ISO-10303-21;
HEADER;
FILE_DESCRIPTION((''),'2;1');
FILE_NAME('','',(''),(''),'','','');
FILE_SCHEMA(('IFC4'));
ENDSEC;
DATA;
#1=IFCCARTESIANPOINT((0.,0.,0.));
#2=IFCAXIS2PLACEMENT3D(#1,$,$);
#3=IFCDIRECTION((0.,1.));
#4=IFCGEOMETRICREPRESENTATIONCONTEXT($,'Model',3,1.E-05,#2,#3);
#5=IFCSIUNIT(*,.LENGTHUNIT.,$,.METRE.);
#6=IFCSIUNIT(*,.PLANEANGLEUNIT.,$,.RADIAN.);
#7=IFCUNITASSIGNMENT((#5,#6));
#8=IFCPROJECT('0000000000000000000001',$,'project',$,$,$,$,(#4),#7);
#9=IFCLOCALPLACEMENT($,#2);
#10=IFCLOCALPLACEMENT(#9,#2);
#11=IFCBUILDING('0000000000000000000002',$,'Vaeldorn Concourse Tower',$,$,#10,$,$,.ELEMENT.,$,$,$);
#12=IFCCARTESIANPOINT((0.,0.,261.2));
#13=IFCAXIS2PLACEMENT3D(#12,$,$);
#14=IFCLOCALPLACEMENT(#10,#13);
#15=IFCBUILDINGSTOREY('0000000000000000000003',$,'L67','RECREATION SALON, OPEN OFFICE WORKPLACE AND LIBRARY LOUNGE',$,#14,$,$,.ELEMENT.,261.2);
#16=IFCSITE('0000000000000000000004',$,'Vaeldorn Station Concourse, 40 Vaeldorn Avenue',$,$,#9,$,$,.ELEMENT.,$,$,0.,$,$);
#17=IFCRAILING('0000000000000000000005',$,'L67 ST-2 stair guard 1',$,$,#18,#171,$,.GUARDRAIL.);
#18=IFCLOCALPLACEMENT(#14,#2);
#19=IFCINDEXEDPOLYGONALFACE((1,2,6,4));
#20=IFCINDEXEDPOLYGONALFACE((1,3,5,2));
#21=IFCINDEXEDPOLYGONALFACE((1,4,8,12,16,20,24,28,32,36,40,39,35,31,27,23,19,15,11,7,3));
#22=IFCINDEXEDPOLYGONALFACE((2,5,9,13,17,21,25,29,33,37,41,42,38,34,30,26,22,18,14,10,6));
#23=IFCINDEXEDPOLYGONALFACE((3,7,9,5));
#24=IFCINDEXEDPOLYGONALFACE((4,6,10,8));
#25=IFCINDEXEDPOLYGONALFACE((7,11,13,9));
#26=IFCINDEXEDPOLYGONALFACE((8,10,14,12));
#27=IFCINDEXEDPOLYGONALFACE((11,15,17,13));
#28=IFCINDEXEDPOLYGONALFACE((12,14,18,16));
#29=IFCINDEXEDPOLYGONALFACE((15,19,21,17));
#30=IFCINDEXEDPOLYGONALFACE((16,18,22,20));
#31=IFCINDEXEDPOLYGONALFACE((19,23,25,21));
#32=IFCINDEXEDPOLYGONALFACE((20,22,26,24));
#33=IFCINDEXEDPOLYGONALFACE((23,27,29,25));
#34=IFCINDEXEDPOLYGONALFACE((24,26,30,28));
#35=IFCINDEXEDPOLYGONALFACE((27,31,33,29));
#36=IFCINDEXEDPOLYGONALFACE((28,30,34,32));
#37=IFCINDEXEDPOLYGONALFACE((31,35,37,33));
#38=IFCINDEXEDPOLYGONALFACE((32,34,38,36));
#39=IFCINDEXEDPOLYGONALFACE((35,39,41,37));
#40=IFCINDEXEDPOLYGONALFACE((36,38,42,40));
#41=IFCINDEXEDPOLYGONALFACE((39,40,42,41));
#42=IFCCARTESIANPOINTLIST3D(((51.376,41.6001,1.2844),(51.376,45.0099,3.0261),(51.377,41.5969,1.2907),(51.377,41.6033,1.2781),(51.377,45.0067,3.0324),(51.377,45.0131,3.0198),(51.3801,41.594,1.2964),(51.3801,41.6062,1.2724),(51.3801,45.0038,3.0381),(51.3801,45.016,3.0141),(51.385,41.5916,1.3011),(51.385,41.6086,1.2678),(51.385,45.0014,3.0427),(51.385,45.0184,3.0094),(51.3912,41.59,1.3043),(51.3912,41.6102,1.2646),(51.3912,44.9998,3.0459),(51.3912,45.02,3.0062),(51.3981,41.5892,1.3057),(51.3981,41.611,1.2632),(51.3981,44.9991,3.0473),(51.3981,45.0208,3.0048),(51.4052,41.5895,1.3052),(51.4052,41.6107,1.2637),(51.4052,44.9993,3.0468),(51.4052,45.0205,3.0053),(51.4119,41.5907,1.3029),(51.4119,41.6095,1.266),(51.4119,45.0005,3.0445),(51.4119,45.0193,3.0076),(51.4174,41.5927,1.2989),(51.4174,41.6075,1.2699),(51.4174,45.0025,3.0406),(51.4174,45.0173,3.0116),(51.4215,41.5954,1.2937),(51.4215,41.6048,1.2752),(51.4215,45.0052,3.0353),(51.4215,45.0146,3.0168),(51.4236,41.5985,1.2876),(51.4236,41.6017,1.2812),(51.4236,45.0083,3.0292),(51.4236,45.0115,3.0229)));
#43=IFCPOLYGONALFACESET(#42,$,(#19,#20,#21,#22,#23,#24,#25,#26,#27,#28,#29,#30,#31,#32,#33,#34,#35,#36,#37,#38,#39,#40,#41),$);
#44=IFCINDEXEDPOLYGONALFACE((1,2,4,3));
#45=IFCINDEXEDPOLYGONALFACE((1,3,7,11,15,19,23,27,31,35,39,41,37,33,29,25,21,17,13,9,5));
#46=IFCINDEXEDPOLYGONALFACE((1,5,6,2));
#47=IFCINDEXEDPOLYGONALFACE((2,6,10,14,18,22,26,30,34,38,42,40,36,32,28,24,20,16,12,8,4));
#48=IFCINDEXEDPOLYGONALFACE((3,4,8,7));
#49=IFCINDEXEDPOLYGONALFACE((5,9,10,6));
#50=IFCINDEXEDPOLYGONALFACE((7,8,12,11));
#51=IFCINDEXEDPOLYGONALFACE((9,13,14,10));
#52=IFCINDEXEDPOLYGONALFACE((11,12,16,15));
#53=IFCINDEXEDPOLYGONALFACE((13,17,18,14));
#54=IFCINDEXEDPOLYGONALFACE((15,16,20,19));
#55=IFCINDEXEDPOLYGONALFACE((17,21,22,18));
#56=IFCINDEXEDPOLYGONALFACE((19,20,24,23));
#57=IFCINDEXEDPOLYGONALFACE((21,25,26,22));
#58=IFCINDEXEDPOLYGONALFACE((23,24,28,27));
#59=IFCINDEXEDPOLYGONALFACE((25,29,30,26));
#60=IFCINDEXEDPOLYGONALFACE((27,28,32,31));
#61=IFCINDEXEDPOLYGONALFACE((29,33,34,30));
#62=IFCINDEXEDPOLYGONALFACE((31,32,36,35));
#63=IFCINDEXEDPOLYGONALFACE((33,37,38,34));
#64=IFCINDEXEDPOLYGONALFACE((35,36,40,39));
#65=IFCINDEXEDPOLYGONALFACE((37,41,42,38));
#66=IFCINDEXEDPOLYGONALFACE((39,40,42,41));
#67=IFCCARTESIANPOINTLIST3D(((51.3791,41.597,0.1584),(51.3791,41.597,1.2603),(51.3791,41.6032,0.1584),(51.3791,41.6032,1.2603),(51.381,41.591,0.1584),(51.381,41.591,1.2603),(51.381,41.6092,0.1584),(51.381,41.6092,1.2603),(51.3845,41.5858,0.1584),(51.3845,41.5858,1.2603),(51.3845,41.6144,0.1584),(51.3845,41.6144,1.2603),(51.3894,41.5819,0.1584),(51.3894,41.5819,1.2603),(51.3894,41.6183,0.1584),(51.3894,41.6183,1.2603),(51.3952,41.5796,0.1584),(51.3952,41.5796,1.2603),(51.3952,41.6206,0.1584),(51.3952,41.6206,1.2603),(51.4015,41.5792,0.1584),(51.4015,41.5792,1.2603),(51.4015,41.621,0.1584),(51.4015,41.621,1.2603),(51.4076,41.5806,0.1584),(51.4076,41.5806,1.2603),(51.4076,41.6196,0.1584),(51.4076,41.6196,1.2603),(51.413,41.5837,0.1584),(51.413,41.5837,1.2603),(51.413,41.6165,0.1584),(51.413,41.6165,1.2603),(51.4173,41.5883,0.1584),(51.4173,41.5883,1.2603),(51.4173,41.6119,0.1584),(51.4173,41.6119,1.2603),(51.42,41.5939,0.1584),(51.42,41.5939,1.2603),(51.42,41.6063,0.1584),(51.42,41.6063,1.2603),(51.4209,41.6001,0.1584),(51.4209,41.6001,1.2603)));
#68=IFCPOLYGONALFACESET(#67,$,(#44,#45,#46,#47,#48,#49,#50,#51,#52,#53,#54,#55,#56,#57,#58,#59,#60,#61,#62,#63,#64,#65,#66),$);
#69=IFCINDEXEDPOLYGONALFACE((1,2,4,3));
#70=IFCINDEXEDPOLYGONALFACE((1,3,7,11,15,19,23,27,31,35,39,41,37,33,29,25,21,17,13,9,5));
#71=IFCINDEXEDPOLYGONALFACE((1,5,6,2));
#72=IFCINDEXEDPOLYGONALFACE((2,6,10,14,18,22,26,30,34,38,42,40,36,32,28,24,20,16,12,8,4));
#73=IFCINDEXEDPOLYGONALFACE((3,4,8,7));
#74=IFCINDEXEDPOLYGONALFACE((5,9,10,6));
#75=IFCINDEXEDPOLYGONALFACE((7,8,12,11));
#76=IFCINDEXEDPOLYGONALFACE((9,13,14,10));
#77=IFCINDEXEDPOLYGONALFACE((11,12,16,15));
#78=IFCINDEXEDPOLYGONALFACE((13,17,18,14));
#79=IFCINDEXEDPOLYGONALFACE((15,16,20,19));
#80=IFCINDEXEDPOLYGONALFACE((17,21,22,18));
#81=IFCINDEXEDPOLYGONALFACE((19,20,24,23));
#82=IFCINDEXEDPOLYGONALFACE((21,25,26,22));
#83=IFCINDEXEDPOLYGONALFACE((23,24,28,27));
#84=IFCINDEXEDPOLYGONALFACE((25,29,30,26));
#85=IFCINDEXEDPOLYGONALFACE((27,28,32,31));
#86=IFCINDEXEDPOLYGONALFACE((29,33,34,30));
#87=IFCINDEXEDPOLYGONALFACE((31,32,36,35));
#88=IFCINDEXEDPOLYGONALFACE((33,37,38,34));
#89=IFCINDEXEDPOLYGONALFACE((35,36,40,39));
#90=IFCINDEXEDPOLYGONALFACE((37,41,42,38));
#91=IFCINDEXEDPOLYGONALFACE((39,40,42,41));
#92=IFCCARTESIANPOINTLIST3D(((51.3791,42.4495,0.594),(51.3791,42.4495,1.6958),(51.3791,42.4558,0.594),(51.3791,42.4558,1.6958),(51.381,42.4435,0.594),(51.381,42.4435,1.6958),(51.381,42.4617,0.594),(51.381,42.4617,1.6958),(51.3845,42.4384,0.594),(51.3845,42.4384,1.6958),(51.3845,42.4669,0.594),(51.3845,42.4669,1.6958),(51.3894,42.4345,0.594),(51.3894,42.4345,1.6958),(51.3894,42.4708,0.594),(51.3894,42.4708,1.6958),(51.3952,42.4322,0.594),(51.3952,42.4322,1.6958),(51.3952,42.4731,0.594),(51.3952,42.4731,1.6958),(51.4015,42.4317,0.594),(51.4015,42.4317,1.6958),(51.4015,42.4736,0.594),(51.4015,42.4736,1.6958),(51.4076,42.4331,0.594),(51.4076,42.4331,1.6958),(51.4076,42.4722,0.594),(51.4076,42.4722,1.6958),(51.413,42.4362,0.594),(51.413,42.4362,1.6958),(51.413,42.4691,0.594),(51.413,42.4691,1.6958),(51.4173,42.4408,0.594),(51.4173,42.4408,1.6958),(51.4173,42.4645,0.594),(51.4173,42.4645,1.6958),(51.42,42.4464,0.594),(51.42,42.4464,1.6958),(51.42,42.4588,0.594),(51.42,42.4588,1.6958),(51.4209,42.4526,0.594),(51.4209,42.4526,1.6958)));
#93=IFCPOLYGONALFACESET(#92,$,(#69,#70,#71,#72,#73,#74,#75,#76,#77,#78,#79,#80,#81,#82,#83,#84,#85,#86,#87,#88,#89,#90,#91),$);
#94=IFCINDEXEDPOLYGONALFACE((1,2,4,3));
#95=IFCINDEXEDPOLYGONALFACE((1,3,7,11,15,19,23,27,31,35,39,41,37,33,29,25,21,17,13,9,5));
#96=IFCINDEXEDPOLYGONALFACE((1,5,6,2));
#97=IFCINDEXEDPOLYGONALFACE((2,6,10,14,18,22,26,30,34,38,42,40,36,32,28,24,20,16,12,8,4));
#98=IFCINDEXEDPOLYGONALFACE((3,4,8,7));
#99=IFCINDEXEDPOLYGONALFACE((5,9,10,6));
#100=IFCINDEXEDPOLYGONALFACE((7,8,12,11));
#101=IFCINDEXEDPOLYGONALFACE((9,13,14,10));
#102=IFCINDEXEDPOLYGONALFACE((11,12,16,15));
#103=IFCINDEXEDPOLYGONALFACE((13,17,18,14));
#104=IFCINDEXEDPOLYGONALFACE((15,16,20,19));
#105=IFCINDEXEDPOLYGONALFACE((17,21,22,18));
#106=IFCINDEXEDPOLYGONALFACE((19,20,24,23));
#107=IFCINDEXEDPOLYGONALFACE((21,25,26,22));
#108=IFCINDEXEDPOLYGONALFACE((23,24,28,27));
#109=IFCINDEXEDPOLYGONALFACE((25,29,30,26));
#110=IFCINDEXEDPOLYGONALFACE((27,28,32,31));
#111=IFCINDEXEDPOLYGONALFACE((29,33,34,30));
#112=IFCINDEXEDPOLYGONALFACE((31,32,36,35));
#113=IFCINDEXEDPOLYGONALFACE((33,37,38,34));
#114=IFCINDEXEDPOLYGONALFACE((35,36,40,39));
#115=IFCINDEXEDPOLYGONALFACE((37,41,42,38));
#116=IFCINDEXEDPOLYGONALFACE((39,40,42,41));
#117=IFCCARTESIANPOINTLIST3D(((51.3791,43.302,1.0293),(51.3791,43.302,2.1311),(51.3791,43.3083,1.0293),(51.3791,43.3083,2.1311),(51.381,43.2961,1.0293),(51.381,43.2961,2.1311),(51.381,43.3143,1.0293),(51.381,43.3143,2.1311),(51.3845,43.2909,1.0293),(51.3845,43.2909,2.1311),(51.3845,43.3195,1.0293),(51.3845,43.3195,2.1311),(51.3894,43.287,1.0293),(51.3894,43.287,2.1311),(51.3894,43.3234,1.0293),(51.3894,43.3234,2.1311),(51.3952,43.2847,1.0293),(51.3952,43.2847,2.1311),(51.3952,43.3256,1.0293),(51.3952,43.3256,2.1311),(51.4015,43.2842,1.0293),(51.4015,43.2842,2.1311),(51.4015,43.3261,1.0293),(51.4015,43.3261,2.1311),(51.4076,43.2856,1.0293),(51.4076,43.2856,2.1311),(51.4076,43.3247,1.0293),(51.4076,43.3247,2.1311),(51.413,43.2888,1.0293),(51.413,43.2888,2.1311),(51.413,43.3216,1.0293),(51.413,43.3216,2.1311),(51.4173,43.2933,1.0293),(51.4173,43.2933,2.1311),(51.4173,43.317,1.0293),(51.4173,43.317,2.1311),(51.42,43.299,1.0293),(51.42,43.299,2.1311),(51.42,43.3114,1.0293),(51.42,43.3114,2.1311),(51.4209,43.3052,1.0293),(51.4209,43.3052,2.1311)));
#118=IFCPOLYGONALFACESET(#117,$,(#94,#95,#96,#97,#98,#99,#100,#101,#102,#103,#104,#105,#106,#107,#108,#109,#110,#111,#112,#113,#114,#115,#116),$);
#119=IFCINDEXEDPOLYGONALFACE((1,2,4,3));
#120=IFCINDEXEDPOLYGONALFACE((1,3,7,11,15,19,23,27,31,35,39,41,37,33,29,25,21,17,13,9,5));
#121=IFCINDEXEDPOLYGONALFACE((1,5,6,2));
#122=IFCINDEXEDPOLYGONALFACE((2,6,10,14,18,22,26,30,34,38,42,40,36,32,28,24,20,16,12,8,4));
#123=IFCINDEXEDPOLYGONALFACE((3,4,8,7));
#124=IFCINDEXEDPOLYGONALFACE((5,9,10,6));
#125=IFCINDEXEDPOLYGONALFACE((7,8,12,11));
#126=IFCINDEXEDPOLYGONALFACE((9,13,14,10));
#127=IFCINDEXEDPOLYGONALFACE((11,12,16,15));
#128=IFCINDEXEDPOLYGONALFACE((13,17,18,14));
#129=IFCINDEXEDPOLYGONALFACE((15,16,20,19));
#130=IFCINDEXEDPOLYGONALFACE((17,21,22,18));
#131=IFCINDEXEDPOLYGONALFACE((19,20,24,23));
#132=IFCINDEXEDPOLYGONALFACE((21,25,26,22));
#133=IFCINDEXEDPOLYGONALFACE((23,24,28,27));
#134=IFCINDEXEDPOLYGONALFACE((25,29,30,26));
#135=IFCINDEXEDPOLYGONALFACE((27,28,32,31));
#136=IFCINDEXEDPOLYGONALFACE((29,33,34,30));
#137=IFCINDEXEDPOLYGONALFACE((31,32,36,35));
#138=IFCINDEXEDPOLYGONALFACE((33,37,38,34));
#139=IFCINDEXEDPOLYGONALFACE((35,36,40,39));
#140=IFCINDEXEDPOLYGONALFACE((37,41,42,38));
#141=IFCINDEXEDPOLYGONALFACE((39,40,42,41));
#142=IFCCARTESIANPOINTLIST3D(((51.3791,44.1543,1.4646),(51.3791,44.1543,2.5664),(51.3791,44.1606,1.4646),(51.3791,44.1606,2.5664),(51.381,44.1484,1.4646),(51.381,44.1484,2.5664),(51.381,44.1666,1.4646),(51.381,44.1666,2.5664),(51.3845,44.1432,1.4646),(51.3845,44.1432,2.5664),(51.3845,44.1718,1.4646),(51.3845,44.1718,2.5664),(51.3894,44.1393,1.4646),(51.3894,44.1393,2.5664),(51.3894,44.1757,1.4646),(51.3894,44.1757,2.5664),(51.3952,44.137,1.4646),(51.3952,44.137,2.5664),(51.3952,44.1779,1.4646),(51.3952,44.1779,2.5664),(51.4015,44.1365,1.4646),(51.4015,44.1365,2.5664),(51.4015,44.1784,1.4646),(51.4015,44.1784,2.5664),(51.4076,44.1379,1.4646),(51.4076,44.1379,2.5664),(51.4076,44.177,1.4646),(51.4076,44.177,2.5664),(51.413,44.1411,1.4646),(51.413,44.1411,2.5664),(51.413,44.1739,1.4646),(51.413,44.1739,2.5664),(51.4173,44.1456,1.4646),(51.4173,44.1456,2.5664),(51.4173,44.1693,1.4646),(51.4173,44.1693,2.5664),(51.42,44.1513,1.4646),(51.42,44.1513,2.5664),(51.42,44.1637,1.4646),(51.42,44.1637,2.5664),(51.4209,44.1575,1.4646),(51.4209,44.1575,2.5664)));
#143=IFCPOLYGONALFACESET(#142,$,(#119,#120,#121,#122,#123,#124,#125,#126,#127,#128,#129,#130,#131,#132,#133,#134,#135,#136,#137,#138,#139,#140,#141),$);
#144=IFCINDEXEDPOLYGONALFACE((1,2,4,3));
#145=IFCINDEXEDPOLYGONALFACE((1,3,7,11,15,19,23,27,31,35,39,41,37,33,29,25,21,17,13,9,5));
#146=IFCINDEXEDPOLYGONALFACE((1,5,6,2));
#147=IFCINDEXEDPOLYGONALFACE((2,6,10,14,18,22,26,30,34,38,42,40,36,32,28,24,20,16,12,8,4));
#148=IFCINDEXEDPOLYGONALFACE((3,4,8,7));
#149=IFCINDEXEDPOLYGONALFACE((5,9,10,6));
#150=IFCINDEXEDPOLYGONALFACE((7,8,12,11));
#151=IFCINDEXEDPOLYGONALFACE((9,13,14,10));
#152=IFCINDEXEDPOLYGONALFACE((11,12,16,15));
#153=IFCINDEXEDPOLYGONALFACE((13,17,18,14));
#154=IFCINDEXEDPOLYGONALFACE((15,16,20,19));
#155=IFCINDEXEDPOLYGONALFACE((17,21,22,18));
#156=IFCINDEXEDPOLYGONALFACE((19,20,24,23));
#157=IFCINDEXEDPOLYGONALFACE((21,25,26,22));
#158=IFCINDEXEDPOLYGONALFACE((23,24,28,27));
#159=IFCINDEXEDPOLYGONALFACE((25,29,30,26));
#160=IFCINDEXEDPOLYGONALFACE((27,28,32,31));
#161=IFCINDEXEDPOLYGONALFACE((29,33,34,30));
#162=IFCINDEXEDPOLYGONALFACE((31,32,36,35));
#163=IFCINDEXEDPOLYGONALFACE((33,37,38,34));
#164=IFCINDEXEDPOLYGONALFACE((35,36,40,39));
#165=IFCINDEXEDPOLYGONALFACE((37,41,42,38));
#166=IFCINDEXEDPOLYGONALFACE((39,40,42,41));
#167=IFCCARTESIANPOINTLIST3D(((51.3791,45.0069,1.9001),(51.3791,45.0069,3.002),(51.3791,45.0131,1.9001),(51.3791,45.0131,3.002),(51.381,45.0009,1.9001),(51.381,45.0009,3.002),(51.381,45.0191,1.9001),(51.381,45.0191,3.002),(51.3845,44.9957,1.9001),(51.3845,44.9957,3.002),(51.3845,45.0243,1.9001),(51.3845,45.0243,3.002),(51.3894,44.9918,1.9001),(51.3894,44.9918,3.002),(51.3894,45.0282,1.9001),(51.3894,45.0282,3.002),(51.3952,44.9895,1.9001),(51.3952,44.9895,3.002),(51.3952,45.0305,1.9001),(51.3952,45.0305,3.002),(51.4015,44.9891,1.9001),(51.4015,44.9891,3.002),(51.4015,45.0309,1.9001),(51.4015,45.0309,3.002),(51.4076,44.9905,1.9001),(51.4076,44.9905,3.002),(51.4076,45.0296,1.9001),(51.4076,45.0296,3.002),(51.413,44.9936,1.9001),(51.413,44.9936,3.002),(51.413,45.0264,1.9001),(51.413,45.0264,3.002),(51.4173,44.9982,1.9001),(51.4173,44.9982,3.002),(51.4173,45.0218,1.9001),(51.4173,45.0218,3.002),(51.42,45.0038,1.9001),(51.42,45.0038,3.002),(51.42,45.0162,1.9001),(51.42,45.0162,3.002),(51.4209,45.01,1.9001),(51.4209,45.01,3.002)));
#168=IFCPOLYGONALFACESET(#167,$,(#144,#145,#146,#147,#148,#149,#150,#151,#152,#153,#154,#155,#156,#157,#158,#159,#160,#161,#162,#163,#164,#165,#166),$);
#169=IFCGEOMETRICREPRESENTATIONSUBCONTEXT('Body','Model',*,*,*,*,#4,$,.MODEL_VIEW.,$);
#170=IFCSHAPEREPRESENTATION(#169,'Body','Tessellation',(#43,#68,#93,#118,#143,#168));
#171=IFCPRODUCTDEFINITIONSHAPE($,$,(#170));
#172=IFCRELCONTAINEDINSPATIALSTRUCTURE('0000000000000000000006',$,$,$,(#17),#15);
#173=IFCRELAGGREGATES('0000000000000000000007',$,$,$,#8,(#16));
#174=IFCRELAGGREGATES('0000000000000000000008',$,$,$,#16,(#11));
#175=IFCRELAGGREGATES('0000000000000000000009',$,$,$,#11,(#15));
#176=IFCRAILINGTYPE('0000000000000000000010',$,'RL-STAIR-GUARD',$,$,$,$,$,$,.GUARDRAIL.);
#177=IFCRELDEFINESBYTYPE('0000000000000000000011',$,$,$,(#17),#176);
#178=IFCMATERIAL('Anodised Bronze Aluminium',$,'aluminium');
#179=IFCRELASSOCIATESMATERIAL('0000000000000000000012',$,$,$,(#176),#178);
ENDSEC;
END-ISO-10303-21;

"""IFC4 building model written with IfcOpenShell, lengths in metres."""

from ifc_helpers import new_model, si_unit, direction, frame, origin, origin_2d, place, context, subcontext, project, spatial, circle, extrude, material, type_object, element, save


model = new_model("IFC4")

# Units and contexts
model_context = context("Model", 3, precision=1e-05, world=origin(), true_north=direction((0.0, 1.0)))
body_context = subcontext(model_context, "Body", "Model", "MODEL_VIEW")
ifc_project = project(units=[si_unit("LENGTHUNIT", "METRE"), si_unit("PLANEANGLEUNIT", "RADIAN")], contexts=[model_context])

# Site, building, storey
site_placement = place(None, origin())
site = spatial("IfcSite", under=ifc_project, at=site_placement, Name="Vaeldorn Station Concourse, 40 Vaeldorn Avenue", CompositionType="ELEMENT", RefElevation=0.0)
building_placement = place(site_placement, origin())
building = spatial("IfcBuilding", under=site, at=building_placement, Name="Vaeldorn Concourse Tower", CompositionType="ELEMENT")
storey_placement = place(building_placement, frame((0.0, 0.0, 261.2)))
storey = spatial("IfcBuildingStorey", under=building, at=storey_placement, Name="L67", Description="RECREATION SALON, OPEN OFFICE WORKPLACE AND LIBRARY LOUNGE", CompositionType="ELEMENT", Elevation=261.2)

# Shared definitions
ifc_material_1 = material(Name="Anodised Bronze Aluminium", Category="aluminium")

# Railing
railing_type_1 = type_object("IfcRailingType", Name="RL-STAIR-GUARD", PredefinedType="GUARDRAIL", material=ifc_material_1)
railing_1_placement = place(storey_placement, frame((51.3999, 41.6001, 0.1584)))
element("IfcRailing", 1, at=railing_1_placement, inside=storey, type_object=railing_type_1, Name="L67 ST-2 stair guard 1", PredefinedType="GUARDRAIL", context=body_context, shape_type="SweptSolid", body=[
    extrude(circle(Radius=0.0239, at=origin_2d()), frame((0.0, 0.0, 1.126), z_axis=(0.0, 0.890556, 0.454874), x_axis=(-1.0, 0.0, 0.0)), (0.0, 0.0, 1.0), 3.8289),
    extrude(circle(Radius=0.021, at=origin_2d()), origin(), (0.0, 0.0, 1.0), 1.1018),
    extrude(circle(Radius=0.021, at=origin_2d()), frame((0.0, 0.8525, 0.4355)), (0.0, 0.0, 1.0), 1.1018),
    extrude(circle(Radius=0.021, at=origin_2d()), frame((0.0, 1.7051, 0.8708)), (0.0, 0.0, 1.0), 1.1018),
    extrude(circle(Radius=0.021, at=origin_2d()), frame((0.0, 2.5574, 1.3062)), (0.0, 0.0, 1.0), 1.1018),
    extrude(circle(Radius=0.021, at=origin_2d()), frame((0.0, 3.4099, 1.7417)), (0.0, 0.0, 1.0), 1.1018),
])

save(model, "model.ifc")
